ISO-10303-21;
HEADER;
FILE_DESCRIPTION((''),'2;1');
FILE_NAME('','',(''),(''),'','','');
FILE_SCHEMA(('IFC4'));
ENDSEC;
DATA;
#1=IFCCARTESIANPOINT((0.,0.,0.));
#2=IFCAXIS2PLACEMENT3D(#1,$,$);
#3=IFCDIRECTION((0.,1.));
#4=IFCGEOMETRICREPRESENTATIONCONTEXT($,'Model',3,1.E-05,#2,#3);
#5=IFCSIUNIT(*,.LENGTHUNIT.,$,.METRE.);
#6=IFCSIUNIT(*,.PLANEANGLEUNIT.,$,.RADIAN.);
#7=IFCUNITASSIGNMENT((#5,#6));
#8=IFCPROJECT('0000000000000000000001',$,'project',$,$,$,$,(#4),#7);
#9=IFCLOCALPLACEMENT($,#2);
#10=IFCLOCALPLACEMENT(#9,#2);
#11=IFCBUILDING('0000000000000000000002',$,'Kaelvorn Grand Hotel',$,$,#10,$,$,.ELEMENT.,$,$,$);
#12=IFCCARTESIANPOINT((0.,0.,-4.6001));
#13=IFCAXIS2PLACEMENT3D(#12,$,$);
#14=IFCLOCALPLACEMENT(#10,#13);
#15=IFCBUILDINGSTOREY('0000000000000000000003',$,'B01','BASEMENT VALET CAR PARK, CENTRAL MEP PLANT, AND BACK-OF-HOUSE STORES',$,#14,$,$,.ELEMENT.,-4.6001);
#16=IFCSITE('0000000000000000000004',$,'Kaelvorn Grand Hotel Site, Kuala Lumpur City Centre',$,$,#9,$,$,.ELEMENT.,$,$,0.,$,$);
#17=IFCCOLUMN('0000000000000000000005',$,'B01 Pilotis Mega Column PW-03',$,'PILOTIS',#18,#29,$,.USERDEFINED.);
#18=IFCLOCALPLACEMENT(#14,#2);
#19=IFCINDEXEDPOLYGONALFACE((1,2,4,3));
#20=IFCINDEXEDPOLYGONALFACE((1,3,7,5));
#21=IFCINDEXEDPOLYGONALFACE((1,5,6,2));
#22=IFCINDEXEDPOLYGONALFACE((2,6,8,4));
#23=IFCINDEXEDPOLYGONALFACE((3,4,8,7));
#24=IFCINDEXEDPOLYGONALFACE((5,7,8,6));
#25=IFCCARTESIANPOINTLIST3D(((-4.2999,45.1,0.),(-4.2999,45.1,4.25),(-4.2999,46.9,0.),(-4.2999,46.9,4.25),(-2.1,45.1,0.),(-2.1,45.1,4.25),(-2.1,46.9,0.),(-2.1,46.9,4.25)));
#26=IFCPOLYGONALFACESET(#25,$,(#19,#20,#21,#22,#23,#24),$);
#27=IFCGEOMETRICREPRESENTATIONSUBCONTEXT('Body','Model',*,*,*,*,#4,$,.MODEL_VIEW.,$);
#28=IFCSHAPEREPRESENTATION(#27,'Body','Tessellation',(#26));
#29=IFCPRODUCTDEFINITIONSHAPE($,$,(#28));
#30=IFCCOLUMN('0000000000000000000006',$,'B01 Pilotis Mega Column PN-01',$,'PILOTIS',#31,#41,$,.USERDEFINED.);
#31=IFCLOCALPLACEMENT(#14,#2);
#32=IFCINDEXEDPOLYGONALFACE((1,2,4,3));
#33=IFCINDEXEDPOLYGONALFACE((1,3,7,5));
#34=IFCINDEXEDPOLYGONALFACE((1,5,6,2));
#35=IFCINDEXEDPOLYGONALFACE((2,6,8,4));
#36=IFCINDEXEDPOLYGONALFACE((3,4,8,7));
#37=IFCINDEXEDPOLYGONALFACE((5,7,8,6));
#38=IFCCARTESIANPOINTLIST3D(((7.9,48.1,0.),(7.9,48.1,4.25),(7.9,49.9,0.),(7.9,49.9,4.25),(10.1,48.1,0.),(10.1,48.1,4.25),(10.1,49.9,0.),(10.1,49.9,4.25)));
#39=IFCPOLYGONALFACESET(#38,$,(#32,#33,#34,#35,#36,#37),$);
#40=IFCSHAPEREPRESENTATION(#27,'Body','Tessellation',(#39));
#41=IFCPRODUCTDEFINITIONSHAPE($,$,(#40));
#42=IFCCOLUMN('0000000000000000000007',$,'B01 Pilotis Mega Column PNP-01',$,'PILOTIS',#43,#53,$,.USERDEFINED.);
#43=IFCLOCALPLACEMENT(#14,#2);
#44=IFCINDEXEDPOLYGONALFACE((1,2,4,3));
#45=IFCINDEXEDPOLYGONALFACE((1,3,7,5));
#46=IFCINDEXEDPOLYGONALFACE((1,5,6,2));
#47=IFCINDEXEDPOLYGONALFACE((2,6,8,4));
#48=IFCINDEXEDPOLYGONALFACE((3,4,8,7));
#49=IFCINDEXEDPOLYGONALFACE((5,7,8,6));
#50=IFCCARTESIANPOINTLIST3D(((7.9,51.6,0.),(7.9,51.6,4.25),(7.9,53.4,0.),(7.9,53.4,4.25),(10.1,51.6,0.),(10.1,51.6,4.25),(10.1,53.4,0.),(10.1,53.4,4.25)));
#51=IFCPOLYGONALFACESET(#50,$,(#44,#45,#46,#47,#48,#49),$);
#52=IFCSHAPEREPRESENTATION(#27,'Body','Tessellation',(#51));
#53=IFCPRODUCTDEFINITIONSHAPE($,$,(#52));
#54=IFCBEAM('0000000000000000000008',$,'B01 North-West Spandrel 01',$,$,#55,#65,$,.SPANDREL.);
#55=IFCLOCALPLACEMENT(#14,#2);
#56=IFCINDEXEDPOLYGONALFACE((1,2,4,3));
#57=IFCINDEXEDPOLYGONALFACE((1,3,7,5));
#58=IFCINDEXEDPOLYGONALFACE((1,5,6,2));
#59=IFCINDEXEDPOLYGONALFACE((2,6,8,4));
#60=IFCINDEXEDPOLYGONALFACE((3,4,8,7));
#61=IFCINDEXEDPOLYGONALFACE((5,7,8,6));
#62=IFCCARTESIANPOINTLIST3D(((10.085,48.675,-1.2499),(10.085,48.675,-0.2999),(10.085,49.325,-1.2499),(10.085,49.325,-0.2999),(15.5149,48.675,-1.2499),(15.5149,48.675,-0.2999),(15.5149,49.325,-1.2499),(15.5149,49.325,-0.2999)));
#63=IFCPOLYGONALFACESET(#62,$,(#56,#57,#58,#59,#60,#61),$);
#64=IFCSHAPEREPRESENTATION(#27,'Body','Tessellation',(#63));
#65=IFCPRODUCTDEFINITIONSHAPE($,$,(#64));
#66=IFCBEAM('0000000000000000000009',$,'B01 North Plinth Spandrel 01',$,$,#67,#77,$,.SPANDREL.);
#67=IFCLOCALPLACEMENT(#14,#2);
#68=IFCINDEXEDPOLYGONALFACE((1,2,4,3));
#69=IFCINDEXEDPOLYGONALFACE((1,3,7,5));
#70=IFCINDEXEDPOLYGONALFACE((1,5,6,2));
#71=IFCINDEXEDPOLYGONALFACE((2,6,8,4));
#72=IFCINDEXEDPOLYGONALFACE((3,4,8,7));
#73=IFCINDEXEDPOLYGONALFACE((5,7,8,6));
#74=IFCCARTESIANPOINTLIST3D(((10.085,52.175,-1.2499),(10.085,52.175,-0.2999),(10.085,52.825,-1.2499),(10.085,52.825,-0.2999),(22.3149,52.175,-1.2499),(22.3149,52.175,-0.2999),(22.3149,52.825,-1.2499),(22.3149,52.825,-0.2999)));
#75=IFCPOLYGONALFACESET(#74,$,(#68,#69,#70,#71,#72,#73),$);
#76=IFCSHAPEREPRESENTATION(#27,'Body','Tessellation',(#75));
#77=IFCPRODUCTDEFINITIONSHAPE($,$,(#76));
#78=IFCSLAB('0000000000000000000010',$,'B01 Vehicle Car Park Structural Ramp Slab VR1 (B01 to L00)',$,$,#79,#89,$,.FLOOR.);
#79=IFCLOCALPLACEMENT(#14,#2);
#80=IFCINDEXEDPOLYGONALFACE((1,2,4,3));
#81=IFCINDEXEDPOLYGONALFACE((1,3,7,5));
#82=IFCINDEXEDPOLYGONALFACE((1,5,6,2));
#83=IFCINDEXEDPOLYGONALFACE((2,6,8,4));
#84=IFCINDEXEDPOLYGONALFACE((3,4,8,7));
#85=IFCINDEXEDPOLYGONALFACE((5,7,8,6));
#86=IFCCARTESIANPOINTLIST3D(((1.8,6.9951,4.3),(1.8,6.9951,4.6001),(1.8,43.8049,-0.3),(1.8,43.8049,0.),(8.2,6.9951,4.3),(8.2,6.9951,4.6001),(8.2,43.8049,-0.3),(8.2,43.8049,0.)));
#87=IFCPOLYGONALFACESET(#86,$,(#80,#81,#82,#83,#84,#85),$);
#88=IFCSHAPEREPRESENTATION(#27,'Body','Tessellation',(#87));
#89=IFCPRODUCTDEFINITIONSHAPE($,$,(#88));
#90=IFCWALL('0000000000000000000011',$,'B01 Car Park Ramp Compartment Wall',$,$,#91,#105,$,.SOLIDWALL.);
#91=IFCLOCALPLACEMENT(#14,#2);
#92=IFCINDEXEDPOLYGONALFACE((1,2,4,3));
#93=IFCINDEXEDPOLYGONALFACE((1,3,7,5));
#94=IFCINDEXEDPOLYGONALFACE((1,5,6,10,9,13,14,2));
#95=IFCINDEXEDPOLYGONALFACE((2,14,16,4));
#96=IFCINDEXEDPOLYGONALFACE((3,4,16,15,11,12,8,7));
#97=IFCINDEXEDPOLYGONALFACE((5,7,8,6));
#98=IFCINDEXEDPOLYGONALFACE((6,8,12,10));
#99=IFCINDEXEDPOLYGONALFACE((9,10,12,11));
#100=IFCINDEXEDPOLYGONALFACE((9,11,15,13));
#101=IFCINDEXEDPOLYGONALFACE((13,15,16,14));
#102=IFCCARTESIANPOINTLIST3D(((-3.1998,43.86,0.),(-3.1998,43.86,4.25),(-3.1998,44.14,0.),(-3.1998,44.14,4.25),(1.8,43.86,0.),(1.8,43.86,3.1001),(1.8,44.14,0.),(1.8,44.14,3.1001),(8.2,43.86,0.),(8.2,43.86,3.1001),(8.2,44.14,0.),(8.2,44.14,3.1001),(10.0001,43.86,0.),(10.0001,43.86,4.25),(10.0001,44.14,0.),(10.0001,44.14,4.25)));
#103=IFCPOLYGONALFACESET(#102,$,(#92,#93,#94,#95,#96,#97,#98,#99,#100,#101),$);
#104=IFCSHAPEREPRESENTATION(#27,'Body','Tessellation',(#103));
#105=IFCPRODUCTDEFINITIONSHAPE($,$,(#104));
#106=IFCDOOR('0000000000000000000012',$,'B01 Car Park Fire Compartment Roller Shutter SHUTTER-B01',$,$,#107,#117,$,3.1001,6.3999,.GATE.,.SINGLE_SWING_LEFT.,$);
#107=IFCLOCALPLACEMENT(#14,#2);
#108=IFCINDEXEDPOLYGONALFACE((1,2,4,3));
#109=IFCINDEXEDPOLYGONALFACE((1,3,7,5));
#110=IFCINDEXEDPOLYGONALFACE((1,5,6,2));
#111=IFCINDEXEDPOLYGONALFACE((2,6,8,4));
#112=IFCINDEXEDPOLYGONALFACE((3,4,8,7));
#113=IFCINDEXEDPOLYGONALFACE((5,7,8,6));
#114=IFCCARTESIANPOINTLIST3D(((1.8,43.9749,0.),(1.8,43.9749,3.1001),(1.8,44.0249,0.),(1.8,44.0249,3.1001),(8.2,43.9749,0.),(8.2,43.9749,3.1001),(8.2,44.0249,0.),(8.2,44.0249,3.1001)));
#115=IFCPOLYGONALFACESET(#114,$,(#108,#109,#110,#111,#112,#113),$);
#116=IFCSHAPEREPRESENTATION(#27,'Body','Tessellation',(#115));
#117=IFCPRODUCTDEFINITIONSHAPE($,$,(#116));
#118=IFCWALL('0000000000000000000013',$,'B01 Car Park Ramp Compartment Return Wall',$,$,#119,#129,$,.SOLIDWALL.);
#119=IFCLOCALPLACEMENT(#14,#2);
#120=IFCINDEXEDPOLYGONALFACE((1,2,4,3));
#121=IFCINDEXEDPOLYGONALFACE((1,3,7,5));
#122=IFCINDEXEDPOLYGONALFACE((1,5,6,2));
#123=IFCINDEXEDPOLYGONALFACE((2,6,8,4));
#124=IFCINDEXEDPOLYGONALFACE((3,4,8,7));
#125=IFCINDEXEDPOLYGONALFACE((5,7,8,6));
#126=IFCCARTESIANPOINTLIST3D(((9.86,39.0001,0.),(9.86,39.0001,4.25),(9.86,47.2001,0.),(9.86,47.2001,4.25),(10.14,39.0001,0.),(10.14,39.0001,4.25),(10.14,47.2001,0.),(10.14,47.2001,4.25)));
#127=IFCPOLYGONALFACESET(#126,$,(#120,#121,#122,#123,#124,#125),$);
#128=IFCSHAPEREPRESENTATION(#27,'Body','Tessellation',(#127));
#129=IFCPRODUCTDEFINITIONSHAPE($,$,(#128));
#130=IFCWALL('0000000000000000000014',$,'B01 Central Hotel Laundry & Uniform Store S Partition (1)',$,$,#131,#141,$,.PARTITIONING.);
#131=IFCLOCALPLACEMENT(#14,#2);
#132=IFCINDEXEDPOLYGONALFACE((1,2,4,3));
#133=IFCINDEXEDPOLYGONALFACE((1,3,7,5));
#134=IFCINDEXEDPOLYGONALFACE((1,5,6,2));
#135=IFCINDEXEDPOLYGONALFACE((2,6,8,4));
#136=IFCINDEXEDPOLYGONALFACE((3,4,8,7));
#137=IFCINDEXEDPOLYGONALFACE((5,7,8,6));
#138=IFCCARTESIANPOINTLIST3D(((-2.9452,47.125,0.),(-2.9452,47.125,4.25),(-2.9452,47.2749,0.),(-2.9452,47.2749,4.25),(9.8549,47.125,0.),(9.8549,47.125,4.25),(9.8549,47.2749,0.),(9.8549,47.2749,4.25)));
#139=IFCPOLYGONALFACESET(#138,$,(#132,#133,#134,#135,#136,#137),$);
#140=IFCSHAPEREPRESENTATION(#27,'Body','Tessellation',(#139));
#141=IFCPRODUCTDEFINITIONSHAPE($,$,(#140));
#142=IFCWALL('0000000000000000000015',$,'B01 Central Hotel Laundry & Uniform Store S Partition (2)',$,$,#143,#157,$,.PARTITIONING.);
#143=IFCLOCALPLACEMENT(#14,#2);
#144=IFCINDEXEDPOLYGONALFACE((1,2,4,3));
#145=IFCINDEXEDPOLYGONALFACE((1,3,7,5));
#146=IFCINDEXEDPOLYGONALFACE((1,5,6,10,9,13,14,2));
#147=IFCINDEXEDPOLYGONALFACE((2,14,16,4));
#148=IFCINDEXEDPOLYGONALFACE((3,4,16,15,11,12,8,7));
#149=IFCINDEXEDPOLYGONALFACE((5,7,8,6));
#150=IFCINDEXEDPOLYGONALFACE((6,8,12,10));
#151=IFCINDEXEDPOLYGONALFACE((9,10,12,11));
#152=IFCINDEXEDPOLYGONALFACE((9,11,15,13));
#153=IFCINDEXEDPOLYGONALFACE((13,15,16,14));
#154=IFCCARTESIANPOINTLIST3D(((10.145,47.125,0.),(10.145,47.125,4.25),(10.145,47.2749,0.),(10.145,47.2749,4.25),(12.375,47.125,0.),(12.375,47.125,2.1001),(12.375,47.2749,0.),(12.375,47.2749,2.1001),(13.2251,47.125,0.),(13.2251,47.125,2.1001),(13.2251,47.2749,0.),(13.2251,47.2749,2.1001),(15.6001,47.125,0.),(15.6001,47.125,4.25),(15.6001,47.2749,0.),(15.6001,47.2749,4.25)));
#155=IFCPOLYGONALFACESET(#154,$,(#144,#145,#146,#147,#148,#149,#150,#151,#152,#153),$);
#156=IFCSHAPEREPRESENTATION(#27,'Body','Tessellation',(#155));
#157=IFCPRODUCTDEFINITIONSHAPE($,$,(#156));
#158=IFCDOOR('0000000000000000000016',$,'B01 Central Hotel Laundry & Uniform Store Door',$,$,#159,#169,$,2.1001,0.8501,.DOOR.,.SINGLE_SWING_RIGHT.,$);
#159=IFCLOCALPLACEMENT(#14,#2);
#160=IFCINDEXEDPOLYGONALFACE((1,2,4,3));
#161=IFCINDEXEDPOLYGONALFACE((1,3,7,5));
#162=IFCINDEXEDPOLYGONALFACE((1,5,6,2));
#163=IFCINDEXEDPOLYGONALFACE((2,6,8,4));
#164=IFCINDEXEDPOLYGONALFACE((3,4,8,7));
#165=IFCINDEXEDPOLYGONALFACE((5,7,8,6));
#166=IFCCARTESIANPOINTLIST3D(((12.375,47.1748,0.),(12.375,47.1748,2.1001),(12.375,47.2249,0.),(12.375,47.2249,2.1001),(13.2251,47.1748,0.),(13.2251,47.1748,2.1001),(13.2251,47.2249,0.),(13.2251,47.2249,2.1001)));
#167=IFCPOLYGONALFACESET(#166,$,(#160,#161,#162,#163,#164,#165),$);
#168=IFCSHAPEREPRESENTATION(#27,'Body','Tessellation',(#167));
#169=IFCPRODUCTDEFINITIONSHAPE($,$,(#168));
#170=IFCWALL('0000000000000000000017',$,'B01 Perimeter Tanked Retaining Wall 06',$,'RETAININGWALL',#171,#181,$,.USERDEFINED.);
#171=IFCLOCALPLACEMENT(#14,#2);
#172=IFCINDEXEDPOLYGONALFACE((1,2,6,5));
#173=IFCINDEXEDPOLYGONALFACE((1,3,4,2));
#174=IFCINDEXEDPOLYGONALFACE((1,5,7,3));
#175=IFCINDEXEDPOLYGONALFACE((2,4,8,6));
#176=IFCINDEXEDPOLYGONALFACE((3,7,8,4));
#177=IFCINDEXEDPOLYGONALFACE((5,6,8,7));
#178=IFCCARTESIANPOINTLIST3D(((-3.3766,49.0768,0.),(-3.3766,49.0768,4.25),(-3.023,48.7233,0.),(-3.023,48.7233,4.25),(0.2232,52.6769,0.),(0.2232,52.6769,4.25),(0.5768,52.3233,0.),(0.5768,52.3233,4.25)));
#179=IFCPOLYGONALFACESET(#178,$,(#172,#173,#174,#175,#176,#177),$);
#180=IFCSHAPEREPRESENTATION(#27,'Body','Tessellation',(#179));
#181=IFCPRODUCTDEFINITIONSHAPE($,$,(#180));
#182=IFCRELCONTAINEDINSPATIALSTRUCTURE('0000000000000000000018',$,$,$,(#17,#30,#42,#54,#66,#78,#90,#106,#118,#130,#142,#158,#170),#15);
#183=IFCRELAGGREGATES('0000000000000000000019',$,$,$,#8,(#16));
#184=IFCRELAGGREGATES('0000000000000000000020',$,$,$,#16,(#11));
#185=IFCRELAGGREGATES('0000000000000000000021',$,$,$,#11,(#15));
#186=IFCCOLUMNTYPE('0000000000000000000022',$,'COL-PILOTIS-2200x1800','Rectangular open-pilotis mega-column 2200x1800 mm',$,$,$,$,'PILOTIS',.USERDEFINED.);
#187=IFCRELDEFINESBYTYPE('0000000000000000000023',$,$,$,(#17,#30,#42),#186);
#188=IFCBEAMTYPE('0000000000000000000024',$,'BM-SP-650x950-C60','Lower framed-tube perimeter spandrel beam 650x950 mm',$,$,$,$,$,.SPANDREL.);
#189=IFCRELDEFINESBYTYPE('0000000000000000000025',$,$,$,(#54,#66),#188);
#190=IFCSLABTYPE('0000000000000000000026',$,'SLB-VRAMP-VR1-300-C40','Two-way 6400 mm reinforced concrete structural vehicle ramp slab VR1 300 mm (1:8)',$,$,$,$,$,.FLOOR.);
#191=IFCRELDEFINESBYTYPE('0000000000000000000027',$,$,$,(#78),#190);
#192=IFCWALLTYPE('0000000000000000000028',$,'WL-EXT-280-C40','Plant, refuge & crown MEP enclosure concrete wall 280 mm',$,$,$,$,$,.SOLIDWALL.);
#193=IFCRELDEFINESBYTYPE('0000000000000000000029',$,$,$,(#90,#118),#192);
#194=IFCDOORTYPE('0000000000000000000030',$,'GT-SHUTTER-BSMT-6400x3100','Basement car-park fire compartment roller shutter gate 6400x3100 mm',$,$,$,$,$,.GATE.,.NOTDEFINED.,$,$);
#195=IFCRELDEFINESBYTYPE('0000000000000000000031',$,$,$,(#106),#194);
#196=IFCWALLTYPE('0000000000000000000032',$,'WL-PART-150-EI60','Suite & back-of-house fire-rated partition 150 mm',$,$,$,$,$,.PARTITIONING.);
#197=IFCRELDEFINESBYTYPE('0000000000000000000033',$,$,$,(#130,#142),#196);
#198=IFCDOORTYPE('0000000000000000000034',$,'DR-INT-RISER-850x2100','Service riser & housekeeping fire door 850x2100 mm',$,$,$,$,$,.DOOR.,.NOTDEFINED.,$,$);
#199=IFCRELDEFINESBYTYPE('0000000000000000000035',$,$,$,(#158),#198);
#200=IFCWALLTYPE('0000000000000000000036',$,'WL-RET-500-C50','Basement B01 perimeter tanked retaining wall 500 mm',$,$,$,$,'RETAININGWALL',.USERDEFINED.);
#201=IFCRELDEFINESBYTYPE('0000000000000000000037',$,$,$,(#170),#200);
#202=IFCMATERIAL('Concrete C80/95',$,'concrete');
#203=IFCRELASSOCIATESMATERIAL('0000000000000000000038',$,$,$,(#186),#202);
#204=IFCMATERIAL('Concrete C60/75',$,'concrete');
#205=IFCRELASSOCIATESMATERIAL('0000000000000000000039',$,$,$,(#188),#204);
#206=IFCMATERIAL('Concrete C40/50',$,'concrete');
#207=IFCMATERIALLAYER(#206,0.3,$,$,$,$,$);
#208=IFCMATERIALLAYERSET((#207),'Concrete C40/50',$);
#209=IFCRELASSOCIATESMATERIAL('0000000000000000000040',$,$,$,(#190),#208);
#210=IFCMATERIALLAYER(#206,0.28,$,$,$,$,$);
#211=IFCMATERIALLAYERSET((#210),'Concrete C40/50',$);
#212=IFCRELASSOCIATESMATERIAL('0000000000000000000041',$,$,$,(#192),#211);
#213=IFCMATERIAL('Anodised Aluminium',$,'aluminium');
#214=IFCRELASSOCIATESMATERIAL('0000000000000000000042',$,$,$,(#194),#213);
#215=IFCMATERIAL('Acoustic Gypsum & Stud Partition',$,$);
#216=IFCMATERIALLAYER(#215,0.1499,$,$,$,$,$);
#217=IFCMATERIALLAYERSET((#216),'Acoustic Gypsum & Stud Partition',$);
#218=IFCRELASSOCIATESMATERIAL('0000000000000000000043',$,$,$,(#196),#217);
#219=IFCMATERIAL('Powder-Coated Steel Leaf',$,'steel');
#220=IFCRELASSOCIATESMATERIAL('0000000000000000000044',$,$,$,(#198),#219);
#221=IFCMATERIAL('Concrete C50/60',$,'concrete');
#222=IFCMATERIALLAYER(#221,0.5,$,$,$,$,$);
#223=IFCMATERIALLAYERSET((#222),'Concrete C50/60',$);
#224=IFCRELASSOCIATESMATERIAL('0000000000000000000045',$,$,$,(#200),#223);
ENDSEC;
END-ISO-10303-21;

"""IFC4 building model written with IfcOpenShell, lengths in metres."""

from ifc_helpers import new_model, si_unit, direction, frame, frame_2d, origin, origin_2d, place, context, subcontext, project, spatial, polyline, rectangle, outline, extrude, material, layer, layer_set, material_profile, profile_set, type_object, element, fill, save


model = new_model("IFC4")

# Units and contexts
model_context = context("Model", 3, precision=1e-05, world=origin(), true_north=direction((0.0, 1.0)))
body_context = subcontext(model_context, "Body", "Model", "MODEL_VIEW")
ifc_project = project(units=[si_unit("LENGTHUNIT", "METRE"), si_unit("PLANEANGLEUNIT", "RADIAN")], contexts=[model_context])

# Site, building, storey
site_placement = place(None, origin())
site = spatial("IfcSite", under=ifc_project, at=site_placement, Name="Kaelvorn Grand Hotel Site, Kuala Lumpur City Centre", CompositionType="ELEMENT", RefElevation=0.0)
building_placement = place(site_placement, origin())
building = spatial("IfcBuilding", under=site, at=building_placement, Name="Kaelvorn Grand Hotel", CompositionType="ELEMENT")
storey_placement = place(building_placement, frame((0.0, 0.0, -4.6001)))
storey = spatial("IfcBuildingStorey", under=building, at=storey_placement, Name="B01", Description="BASEMENT VALET CAR PARK, CENTRAL MEP PLANT, AND BACK-OF-HOUSE STORES", CompositionType="ELEMENT", Elevation=-4.6001)

# Columns
ifc_material_1 = material(Name="Concrete C80/95", Category="concrete")
ifc_material_profile_1 = material_profile(ifc_material_1, rectangle(XDim=2.2, YDim=1.8, at=origin_2d()), Name="PILOTIS 2200x1800")
ifc_profile_set_1 = profile_set([ifc_material_profile_1], Name="Concrete C80/95")
column_type = type_object("IfcColumnType", Name="COL-PILOTIS-2200x1800", Description="Rectangular open-pilotis mega-column 2200x1800 mm", ElementType="PILOTIS", PredefinedType="USERDEFINED", material=ifc_profile_set_1)
for number, where, z_axis, x_axis, name in (
    (1, (-3.2, 46.0, 0.0), (0.0, 0.0, 1.0), (1.0, 0.0, 0.0), "B01 Pilotis Mega Column PW-03"),
    (2, (9.0, 49.0, 0.0), (0.0, 0.0, 1.0), (1.0, 0.0, 0.0), "B01 Pilotis Mega Column PN-01"),
    (3, (9.0, 52.5, 0.0), (0.0, 0.0, 1.0), (1.0, 0.0, 0.0), "B01 Pilotis Mega Column PNP-01"),
):
    element("IfcColumn", number, at=place(storey_placement, frame(where, z_axis=z_axis, x_axis=x_axis)), inside=storey, type_object=column_type, Name=name, ObjectType="PILOTIS", PredefinedType="USERDEFINED", context=body_context, shape_type="SweptSolid", body=[
        extrude(rectangle(XDim=2.2, YDim=1.8, at=origin_2d()), origin(), (0.0, 0.0, 1.0), 4.25),
    ])

# Beams
ifc_material_2 = material(Name="Concrete C60/75", Category="concrete")
ifc_material_profile_2 = material_profile(ifc_material_2, rectangle(XDim=0.6499, YDim=0.95, at=origin_2d()), Name="RC SPANDREL 650x950")
ifc_profile_set_2 = profile_set([ifc_material_profile_2], Name="Concrete C60/75")
beam_type = type_object("IfcBeamType", Name="BM-SP-650x950-C60", Description="Lower framed-tube perimeter spandrel beam 650x950 mm", PredefinedType="SPANDREL", material=ifc_profile_set_2)
beam_1_placement = place(storey_placement, frame((10.085, 49.0, -0.7749), z_axis=(1.0, 0.0, 0.0), x_axis=(0.0, 1.0, 0.0)))
element("IfcBeam", 4, at=beam_1_placement, inside=storey, type_object=beam_type, Name="B01 North-West Spandrel 01", PredefinedType="SPANDREL", context=body_context, shape_type="SweptSolid", body=[
    extrude(rectangle(XDim=0.6499, YDim=0.95, at=origin_2d()), origin(), (0.0, 0.0, 1.0), 5.4299),
])
beam_2_placement = place(storey_placement, frame((10.085, 52.5, -0.7749), z_axis=(1.0, 0.0, 0.0), x_axis=(0.0, 1.0, 0.0)))
element("IfcBeam", 5, at=beam_2_placement, inside=storey, type_object=beam_type, Name="B01 North Plinth Spandrel 01", PredefinedType="SPANDREL", context=body_context, shape_type="SweptSolid", body=[
    extrude(rectangle(XDim=0.6499, YDim=0.95, at=origin_2d()), origin(), (0.0, 0.0, 1.0), 12.23),
])

# Slab
ifc_material_3 = material(Name="Concrete C40/50", Category="concrete")
ifc_layer_1 = layer(ifc_material_3, 0.3)
ifc_layer_set_1 = layer_set([ifc_layer_1], Name="Concrete C40/50")
slab_type = type_object("IfcSlabType", Name="SLB-VRAMP-VR1-300-C40", Description="Two-way 6400 mm reinforced concrete structural vehicle ramp slab VR1 300 mm (1:8)", PredefinedType="FLOOR", material=ifc_layer_set_1)
slab_placement = place(storey_placement, frame((5.0, 43.8049, 0.0), z_axis=(0.0, 0.0, 1.0), x_axis=(0.0, -1.0, 0.0)))
element("IfcSlab", 6, at=slab_placement, inside=storey, type_object=slab_type, Name="B01 Vehicle Car Park Structural Ramp Slab VR1 (B01 to L00)", PredefinedType="FLOOR", context=body_context, shape_type="SweptSolid", body=[
    extrude(outline(polyline([(0.0, 0.0), (36.8098, 4.6001), (36.8098, 4.3), (0.0, -0.3), (0.0, 0.0)])), frame((0.0, 3.2, 0.0), z_axis=(0.0, -1.0, 0.0), x_axis=(1.0, 0.0, 0.0)), (0.0, 0.0, 1.0), 6.3999),
])

# Wall, opening, door
ifc_layer_2 = layer(ifc_material_3, 0.28)
ifc_layer_set_2 = layer_set([ifc_layer_2], Name="Concrete C40/50")
wall_type_1 = type_object("IfcWallType", Name="WL-EXT-280-C40", Description="Plant, refuge & crown MEP enclosure concrete wall 280 mm", PredefinedType="SOLIDWALL", material=ifc_layer_set_2)
wall_1_placement = place(storey_placement, frame((-3.2, 44.0, 0.0), z_axis=(0.0, 0.0, 1.0), x_axis=(1.0, 0.0, 0.0)))
wall_1 = element("IfcWall", 7, at=wall_1_placement, inside=storey, type_object=wall_type_1, Name="B01 Car Park Ramp Compartment Wall", PredefinedType="SOLIDWALL", context=body_context, shape_type="SweptSolid", body=[
    extrude(rectangle(XDim=13.2, YDim=0.28, at=frame_2d((6.6001, 0.0))), origin(), (0.0, 0.0, 1.0), 4.25),
])
opening_1_placement = place(wall_1_placement, frame((5.0, 0.0, 0.0)))
opening_1 = element("IfcOpeningElement", 8, at=opening_1_placement, cuts=wall_1, PredefinedType="OPENING", context=body_context, shape_type="SweptSolid", body=[
    extrude(rectangle(XDim=6.3999, YDim=3.1001, at=frame_2d((3.2, 1.55))), frame((0.0, 0.1499, 0.0), z_axis=(0.0, -1.0, 0.0), x_axis=(1.0, 0.0, 0.0)), (0.0, 0.0, 1.0), 0.3),
])
ifc_material_4 = material(Name="Anodised Aluminium", Category="aluminium")
door_type_1 = type_object("IfcDoorType", Name="GT-SHUTTER-BSMT-6400x3100", Description="Basement car-park fire compartment roller shutter gate 6400x3100 mm", OperationType="NOTDEFINED", PredefinedType="GATE", material=ifc_material_4)
door_1_placement = place(opening_1_placement, origin())
door_1 = element("IfcDoor", 9, at=door_1_placement, inside=storey, type_object=door_type_1, Name="B01 Car Park Fire Compartment Roller Shutter SHUTTER-B01", OperationType="SINGLE_SWING_LEFT", OverallHeight=3.1001, OverallWidth=6.3999, PredefinedType="GATE", context=body_context, shape_type="SweptSolid", body=[
    extrude(rectangle(XDim=6.3999, YDim=3.1001, at=frame_2d((3.2, 1.55))), frame((0.0, 0.0249, 0.0), z_axis=(0.0, -1.0, 0.0), x_axis=(1.0, 0.0, 0.0)), (0.0, 0.0, 1.0), 0.05),
])
fill(opening_1, door_1)

# Walls
wall_2_placement = place(storey_placement, frame((10.0, 39.0, 0.0), z_axis=(0.0, 0.0, 1.0), x_axis=(0.0, 1.0, 0.0)))
element("IfcWall", 10, at=wall_2_placement, inside=storey, type_object=wall_type_1, Name="B01 Car Park Ramp Compartment Return Wall", PredefinedType="SOLIDWALL", context=body_context, shape_type="SweptSolid", body=[
    extrude(rectangle(XDim=8.2, YDim=0.28, at=frame_2d((4.1001, 0.0))), origin(), (0.0, 0.0, 1.0), 4.25),
])
ifc_material_5 = material(Name="Acoustic Gypsum & Stud Partition")
ifc_layer_3 = layer(ifc_material_5, 0.1499)
ifc_layer_set_3 = layer_set([ifc_layer_3], Name="Acoustic Gypsum & Stud Partition")
wall_type_2 = type_object("IfcWallType", Name="WL-PART-150-EI60", Description="Suite & back-of-house fire-rated partition 150 mm", PredefinedType="PARTITIONING", material=ifc_layer_set_3)
wall_3_placement = place(storey_placement, frame((-2.9451, 47.2, 0.0), z_axis=(0.0, 0.0, 1.0), x_axis=(1.0, 0.0, 0.0)))
element("IfcWall", 11, at=wall_3_placement, inside=storey, type_object=wall_type_2, Name="B01 Central Hotel Laundry & Uniform Store S Partition (1)", PredefinedType="PARTITIONING", context=body_context, shape_type="SweptSolid", body=[
    extrude(rectangle(XDim=12.8, YDim=0.1499, at=frame_2d((6.3999, 0.0))), origin(), (0.0, 0.0, 1.0), 4.25),
])

# Wall, opening, door
wall_4_placement = place(storey_placement, frame((10.145, 47.2, 0.0), z_axis=(0.0, 0.0, 1.0), x_axis=(1.0, 0.0, 0.0)))
wall_4 = element("IfcWall", 12, at=wall_4_placement, inside=storey, type_object=wall_type_2, Name="B01 Central Hotel Laundry & Uniform Store S Partition (2)", PredefinedType="PARTITIONING", context=body_context, shape_type="SweptSolid", body=[
    extrude(rectangle(XDim=5.4551, YDim=0.1499, at=frame_2d((2.7275, 0.0))), origin(), (0.0, 0.0, 1.0), 4.25),
])
opening_2_placement = place(wall_4_placement, frame((2.23, 0.0, 0.0)))
opening_2 = element("IfcOpeningElement", 13, at=opening_2_placement, cuts=wall_4, PredefinedType="OPENING", context=body_context, shape_type="SweptSolid", body=[
    extrude(rectangle(XDim=0.8501, YDim=2.1001, at=frame_2d((0.425, 1.05))), frame((0.0, 0.085, 0.0), z_axis=(0.0, -1.0, 0.0), x_axis=(1.0, 0.0, 0.0)), (0.0, 0.0, 1.0), 0.1699),
])
ifc_material_6 = material(Name="Powder-Coated Steel Leaf", Category="steel")
door_type_2 = type_object("IfcDoorType", Name="DR-INT-RISER-850x2100", Description="Service riser & housekeeping fire door 850x2100 mm", OperationType="NOTDEFINED", PredefinedType="DOOR", material=ifc_material_6)
door_2_placement = place(opening_2_placement, origin())
door_2 = element("IfcDoor", 14, at=door_2_placement, inside=storey, type_object=door_type_2, Name="B01 Central Hotel Laundry & Uniform Store Door", OperationType="SINGLE_SWING_RIGHT", OverallHeight=2.1001, OverallWidth=0.8501, PredefinedType="DOOR", context=body_context, shape_type="SweptSolid", body=[
    extrude(rectangle(XDim=0.8501, YDim=2.1001, at=frame_2d((0.425, 1.05))), frame((0.0, 0.0249, 0.0), z_axis=(0.0, -1.0, 0.0), x_axis=(1.0, 0.0, 0.0)), (0.0, 0.0, 1.0), 0.05),
])
fill(opening_2, door_2)

# Wall
ifc_material_7 = material(Name="Concrete C50/60", Category="concrete")
ifc_layer_4 = layer(ifc_material_7, 0.5)
ifc_layer_set_4 = layer_set([ifc_layer_4], Name="Concrete C50/60")
wall_type_3 = type_object("IfcWallType", Name="WL-RET-500-C50", Description="Basement B01 perimeter tanked retaining wall 500 mm", ElementType="RETAININGWALL", PredefinedType="USERDEFINED", material=ifc_layer_set_4)
wall_5_placement = place(storey_placement, frame((0.3999, 52.5, 0.0), z_axis=(0.0, 0.0, 1.0), x_axis=(-0.707083, -0.707131, 0.0)))
element("IfcWall", 15, at=wall_5_placement, inside=storey, type_object=wall_type_3, Name="B01 Perimeter Tanked Retaining Wall 06", ObjectType="RETAININGWALL", PredefinedType="USERDEFINED", context=body_context, shape_type="SweptSolid", body=[
    extrude(rectangle(XDim=5.0911, YDim=0.5, at=frame_2d((2.5454, 0.0))), origin(), (0.0, 0.0, 1.0), 4.25),
])

save(model, "model.ifc")
